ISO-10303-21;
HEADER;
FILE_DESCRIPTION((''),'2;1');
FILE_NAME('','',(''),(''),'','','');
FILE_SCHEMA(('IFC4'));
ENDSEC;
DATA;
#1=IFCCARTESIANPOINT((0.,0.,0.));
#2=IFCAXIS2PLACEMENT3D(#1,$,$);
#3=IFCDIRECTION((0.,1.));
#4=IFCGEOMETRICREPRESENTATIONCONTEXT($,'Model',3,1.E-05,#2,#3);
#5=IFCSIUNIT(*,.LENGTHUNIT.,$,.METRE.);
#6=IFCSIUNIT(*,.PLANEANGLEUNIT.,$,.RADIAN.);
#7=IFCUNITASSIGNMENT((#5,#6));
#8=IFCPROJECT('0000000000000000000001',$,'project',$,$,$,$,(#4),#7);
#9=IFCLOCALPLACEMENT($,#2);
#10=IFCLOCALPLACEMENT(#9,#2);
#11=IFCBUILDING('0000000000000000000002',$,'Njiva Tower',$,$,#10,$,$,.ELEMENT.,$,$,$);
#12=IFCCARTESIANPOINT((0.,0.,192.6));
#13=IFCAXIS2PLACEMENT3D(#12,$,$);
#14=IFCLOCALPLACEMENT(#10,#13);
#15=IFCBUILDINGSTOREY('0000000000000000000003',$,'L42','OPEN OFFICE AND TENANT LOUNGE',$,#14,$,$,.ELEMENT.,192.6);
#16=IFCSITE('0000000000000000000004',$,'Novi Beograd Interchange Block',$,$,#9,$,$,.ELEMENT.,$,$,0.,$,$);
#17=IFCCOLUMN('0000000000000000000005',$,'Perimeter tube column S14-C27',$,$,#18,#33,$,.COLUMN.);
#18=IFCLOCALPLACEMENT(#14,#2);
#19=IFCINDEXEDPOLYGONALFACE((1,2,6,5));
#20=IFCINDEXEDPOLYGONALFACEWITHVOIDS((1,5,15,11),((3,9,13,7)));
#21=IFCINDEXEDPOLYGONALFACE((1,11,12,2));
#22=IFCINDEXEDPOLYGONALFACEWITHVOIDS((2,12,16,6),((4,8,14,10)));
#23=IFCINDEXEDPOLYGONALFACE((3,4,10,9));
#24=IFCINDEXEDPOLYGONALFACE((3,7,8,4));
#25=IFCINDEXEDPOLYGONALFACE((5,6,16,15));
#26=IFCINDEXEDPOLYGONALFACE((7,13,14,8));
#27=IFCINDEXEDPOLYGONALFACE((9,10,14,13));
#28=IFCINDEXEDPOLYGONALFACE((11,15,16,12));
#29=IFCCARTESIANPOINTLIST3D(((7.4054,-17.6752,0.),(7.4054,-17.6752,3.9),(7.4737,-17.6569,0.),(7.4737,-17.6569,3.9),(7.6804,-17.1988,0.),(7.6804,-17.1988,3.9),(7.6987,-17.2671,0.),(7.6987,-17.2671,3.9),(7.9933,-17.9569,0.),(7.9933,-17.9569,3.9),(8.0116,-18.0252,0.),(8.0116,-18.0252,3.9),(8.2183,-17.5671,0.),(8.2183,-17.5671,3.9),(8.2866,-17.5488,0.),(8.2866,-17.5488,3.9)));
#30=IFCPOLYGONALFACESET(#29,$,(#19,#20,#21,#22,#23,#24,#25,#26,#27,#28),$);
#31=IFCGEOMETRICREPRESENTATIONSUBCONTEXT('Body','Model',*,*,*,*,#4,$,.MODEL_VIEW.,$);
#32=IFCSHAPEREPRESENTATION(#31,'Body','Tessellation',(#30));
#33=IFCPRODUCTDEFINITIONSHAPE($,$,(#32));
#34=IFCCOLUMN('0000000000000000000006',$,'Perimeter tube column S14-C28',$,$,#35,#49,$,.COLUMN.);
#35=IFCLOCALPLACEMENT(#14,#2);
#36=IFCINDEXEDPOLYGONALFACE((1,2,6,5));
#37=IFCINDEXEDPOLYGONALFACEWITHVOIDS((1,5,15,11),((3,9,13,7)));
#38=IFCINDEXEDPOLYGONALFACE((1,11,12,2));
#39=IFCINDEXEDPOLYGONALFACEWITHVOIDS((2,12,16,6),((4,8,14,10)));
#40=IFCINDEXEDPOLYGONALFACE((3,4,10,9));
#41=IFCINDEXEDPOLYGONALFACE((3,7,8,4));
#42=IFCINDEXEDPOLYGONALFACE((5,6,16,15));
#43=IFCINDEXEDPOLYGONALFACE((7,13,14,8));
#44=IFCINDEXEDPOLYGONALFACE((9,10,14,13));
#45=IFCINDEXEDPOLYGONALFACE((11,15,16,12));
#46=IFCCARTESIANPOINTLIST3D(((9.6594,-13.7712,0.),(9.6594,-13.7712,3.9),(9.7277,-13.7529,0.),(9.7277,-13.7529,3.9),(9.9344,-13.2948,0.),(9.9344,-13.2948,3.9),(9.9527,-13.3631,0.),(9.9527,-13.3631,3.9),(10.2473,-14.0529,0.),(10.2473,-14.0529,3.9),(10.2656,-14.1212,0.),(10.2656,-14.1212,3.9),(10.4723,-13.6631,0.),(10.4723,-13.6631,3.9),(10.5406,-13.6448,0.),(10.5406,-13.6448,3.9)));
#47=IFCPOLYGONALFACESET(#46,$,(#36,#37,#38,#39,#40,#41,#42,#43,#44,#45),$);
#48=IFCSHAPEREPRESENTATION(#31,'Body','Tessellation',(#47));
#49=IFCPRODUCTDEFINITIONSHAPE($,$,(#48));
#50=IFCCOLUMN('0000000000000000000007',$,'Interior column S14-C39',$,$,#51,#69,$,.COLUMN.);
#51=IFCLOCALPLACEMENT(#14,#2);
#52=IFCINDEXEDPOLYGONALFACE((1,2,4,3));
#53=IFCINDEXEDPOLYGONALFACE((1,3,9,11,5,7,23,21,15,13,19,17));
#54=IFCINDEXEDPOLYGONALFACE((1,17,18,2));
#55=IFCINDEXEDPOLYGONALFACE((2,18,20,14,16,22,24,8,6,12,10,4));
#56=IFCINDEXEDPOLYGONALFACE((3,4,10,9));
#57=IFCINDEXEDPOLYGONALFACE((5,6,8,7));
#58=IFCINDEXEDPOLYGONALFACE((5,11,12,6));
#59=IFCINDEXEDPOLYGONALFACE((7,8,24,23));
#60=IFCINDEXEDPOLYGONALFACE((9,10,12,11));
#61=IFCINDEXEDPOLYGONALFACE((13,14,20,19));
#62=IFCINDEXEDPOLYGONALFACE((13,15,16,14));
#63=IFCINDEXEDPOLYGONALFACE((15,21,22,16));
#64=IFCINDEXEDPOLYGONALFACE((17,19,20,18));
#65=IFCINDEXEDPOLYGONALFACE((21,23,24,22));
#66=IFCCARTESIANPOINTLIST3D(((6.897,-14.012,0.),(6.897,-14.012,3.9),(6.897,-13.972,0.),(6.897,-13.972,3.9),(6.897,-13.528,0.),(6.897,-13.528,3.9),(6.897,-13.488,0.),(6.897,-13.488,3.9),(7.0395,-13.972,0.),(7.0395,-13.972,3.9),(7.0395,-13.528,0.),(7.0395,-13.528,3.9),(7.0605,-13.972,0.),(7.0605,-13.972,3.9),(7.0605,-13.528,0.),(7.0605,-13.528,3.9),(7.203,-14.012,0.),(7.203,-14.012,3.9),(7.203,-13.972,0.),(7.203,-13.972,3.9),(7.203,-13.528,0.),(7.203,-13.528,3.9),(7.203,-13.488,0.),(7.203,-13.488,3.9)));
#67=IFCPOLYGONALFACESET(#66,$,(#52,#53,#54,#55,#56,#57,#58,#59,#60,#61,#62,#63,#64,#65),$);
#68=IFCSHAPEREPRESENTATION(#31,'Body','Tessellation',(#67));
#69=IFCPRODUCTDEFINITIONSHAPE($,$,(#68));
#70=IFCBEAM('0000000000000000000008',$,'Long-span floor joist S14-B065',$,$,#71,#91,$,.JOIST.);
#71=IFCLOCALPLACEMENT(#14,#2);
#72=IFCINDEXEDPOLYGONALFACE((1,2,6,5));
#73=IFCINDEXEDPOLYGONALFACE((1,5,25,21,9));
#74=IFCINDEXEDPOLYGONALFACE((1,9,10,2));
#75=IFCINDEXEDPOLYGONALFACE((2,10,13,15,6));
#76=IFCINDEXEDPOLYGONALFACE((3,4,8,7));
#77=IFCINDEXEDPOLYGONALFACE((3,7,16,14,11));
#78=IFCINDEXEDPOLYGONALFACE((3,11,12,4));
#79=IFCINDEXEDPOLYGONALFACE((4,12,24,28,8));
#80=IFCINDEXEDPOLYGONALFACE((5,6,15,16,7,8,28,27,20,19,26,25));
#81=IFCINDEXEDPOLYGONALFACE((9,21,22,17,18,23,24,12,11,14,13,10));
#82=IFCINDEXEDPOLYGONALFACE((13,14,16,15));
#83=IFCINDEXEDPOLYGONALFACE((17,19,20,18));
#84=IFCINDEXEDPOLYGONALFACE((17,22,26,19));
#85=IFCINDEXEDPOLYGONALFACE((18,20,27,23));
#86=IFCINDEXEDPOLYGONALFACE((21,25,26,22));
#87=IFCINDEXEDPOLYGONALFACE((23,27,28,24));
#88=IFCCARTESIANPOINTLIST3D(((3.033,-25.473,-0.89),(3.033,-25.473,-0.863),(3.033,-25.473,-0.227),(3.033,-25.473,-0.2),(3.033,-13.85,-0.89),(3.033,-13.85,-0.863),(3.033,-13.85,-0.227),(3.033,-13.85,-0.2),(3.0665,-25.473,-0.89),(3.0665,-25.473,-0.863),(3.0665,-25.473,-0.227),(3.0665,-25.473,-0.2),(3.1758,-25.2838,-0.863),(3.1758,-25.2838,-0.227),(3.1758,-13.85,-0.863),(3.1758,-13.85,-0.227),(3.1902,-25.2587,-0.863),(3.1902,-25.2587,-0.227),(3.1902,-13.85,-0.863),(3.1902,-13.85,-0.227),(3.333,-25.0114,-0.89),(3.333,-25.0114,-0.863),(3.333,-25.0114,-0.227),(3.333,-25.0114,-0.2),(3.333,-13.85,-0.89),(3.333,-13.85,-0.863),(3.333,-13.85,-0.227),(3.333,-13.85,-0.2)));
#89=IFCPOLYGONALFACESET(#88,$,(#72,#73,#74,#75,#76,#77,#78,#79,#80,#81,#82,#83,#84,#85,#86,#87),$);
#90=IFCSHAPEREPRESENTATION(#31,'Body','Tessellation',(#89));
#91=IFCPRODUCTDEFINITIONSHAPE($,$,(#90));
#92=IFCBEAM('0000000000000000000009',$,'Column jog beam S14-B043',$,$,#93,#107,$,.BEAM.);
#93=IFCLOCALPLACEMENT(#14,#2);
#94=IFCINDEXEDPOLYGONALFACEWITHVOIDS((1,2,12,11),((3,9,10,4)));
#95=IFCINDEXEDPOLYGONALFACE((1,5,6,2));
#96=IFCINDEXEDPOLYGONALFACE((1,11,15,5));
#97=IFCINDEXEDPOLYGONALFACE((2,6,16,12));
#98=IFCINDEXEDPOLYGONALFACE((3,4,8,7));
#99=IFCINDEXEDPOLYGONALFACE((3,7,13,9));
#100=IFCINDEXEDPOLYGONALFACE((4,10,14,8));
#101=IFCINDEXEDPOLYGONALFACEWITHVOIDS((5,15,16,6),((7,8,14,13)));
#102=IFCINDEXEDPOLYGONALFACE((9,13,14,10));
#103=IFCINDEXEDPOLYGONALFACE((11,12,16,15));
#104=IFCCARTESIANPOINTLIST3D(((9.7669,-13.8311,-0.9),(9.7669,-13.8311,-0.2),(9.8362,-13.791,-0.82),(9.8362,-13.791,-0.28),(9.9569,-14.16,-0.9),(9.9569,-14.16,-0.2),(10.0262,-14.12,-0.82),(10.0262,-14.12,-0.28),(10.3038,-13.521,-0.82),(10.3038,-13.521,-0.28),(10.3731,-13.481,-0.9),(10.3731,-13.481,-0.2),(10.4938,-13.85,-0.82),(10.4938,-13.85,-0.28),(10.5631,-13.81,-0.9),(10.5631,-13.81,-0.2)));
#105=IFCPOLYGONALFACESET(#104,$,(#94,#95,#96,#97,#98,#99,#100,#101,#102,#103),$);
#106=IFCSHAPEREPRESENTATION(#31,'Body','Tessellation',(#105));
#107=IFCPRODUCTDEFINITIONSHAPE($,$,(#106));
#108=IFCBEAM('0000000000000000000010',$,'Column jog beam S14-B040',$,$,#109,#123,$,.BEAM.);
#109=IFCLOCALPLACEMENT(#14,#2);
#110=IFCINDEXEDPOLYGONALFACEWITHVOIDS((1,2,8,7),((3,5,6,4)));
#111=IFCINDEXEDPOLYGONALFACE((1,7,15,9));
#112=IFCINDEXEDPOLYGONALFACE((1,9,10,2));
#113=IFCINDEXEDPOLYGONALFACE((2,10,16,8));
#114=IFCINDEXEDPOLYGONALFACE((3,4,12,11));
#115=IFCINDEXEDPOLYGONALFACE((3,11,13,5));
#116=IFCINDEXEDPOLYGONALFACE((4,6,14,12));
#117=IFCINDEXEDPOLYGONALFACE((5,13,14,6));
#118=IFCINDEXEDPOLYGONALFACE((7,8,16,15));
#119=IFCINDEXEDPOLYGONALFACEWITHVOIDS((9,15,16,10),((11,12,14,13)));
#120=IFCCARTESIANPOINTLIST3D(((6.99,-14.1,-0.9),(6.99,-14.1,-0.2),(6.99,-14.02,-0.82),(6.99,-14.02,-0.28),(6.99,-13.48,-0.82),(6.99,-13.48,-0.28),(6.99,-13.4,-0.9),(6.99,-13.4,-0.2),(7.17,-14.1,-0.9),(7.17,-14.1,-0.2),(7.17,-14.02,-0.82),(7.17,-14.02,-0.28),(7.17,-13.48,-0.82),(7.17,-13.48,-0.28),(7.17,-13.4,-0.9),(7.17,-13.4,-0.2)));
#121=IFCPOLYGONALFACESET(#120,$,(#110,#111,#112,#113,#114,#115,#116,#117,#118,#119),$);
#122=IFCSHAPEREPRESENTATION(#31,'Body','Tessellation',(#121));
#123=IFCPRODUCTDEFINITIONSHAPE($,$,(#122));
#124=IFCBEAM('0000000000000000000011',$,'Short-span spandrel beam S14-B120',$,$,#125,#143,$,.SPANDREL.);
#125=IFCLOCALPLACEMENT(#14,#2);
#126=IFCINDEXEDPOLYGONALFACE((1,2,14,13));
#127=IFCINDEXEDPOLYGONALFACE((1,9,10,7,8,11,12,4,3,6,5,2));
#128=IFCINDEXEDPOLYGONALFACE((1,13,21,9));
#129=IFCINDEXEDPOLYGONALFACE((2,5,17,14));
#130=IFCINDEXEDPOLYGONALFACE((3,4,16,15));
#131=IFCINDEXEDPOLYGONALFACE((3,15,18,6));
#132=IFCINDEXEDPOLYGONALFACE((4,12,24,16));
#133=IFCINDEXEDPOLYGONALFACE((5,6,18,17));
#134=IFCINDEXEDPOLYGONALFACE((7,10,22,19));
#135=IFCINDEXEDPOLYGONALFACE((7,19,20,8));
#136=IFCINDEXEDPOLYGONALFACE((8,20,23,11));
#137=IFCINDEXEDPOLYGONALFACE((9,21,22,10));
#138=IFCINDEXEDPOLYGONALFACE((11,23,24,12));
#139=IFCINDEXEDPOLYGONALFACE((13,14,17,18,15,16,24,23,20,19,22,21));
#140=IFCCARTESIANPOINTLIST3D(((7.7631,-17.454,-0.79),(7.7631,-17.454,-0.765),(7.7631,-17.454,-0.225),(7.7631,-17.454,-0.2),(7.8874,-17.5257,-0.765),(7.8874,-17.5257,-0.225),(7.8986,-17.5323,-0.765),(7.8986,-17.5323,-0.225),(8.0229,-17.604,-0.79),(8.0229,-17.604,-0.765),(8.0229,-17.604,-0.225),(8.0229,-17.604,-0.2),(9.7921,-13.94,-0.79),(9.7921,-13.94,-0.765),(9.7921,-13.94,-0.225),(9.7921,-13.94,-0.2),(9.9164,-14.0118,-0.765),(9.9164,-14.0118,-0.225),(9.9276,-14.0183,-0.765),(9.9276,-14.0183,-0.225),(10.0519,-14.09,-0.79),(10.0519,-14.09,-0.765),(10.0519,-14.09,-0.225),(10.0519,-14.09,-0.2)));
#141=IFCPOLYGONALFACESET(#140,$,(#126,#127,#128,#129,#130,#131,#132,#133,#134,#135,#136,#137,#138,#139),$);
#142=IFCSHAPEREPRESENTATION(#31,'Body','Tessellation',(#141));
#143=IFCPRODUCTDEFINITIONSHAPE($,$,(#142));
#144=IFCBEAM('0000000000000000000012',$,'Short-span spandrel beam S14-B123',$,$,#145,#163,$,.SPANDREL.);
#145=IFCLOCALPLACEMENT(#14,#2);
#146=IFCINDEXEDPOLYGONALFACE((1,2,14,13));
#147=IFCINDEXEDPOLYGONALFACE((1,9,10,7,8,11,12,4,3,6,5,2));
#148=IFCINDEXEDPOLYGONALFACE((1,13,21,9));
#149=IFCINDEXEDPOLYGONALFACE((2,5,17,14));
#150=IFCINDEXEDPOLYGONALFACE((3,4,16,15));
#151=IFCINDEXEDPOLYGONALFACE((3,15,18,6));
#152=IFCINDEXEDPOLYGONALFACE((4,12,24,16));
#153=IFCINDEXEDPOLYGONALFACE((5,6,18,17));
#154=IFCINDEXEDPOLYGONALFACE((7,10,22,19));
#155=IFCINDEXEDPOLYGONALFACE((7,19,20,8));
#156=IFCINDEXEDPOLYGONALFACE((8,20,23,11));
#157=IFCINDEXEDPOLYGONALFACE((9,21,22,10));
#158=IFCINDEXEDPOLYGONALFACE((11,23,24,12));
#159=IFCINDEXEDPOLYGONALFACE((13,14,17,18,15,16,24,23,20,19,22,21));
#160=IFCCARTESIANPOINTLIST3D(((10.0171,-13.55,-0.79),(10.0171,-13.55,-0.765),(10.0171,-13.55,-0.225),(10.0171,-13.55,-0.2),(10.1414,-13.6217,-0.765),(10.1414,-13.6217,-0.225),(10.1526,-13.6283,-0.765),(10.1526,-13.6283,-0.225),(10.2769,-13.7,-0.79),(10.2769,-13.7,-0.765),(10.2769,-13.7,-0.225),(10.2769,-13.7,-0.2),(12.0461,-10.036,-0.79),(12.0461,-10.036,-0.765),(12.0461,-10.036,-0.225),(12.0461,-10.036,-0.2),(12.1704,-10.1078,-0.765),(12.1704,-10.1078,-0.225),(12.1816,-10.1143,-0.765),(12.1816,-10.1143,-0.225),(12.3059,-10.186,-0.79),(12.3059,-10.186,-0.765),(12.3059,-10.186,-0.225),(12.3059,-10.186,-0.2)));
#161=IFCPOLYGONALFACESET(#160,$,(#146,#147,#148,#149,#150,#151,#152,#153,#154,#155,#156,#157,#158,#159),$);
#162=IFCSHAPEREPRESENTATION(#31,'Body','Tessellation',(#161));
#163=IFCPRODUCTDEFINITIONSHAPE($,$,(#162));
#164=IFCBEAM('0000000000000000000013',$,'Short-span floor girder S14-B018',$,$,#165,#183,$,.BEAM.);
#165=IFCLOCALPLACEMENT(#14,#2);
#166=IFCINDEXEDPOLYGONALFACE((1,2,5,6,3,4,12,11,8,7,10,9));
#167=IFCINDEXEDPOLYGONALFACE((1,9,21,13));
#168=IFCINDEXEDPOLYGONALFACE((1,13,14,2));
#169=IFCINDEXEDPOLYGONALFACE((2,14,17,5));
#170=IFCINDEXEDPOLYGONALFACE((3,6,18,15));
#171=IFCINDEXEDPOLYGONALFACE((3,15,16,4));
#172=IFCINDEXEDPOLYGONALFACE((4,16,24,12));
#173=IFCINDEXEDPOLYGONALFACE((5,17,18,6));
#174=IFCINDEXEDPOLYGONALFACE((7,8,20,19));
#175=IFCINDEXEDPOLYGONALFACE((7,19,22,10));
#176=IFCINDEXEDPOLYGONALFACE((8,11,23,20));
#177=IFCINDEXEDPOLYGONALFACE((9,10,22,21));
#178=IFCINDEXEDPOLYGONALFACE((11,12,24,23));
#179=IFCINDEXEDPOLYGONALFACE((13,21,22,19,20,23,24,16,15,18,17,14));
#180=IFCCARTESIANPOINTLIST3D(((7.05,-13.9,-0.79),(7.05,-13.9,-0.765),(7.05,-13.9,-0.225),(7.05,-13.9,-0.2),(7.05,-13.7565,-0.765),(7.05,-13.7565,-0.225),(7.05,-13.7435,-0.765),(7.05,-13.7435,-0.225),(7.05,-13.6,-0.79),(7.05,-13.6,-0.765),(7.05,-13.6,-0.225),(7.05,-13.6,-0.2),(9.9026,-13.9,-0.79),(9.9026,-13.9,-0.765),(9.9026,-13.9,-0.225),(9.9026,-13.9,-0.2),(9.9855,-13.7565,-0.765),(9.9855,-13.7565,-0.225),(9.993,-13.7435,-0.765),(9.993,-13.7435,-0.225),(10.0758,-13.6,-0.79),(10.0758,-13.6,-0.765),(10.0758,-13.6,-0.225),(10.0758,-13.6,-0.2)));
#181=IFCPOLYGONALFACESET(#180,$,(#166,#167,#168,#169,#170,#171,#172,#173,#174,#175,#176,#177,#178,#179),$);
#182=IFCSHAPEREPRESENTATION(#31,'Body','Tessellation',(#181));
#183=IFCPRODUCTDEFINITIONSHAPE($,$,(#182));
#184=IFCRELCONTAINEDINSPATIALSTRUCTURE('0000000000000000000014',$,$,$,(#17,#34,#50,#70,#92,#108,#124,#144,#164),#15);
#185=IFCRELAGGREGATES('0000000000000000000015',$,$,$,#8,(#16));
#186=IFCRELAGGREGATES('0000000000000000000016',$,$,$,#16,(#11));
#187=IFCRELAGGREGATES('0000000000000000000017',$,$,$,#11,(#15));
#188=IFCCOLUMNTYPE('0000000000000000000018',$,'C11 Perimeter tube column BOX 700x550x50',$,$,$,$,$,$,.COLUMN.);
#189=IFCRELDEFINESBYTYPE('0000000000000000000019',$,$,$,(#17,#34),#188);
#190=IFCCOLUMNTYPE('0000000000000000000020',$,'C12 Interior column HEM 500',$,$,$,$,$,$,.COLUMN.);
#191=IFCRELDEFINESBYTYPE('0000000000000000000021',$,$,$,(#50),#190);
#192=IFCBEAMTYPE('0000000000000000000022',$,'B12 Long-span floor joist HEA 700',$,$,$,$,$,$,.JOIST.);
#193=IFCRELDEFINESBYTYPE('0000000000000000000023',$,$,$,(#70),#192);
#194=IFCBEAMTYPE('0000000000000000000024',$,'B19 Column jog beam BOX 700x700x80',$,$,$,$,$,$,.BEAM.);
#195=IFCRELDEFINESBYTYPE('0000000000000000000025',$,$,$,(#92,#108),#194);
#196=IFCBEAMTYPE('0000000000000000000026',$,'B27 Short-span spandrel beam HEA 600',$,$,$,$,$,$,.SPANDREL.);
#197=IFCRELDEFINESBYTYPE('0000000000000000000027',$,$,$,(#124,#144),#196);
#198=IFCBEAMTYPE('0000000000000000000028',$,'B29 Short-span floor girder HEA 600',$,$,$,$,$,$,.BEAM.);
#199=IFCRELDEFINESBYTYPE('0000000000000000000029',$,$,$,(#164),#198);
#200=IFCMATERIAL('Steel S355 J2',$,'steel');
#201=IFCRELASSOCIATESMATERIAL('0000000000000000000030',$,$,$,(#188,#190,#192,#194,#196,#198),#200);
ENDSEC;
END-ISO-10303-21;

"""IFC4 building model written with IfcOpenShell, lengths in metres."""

from ifc_helpers import new_model, si_unit, direction, frame, origin, origin_2d, place, context, subcontext, project, spatial, hollow_rectangle, i_section, extrude, clip, halfspace, material, material_profile, profile_set, type_object, element, save


model = new_model("IFC4")

# Units and contexts
model_context = context("Model", 3, precision=1e-05, world=origin(), true_north=direction((0.0, 1.0)))
body_context = subcontext(model_context, "Body", "Model", "MODEL_VIEW")
ifc_project = project(units=[si_unit("LENGTHUNIT", "METRE"), si_unit("PLANEANGLEUNIT", "RADIAN")], contexts=[model_context])

# Site, building, storey
site_placement = place(None, origin())
site = spatial("IfcSite", under=ifc_project, at=site_placement, Name="Novi Beograd Interchange Block", CompositionType="ELEMENT", RefElevation=0.0)
building_placement = place(site_placement, origin())
building = spatial("IfcBuilding", under=site, at=building_placement, Name="Njiva Tower", CompositionType="ELEMENT")
storey_placement = place(building_placement, frame((0.0, 0.0, 192.6)))
storey = spatial("IfcBuildingStorey", under=building, at=storey_placement, Name="L42", Description="OPEN OFFICE AND TENANT LOUNGE", CompositionType="ELEMENT", Elevation=192.6)

# Columns
ifc_material_1 = material(Name="Steel S355 J2", Category="steel")
ifc_material_profile_1 = material_profile(ifc_material_1, hollow_rectangle(XDim=0.55, YDim=0.7, WallThickness=0.05, at=origin_2d()), Name="BOX 700x550x50")
ifc_profile_set_1 = profile_set([ifc_material_profile_1], Name="Steel S355 J2")
column_type_1 = type_object("IfcColumnType", Name="C11 Perimeter tube column BOX 700x550x50", PredefinedType="COLUMN", material=ifc_profile_set_1)
for number, where, z_axis, x_axis, name in (
    (1, (7.846, -17.612, 0.0), (0.0, 0.0, 1.0), (0.5, 0.866025, 0.0), "Perimeter tube column S14-C27"),
    (2, (10.1, -13.708, 0.0), (0.0, 0.0, 1.0), (0.5, 0.866025, 0.0), "Perimeter tube column S14-C28"),
):
    element("IfcColumn", number, at=place(storey_placement, frame(where, z_axis=z_axis, x_axis=x_axis)), inside=storey, type_object=column_type_1, Name=name, PredefinedType="COLUMN", context=body_context, shape_type="SweptSolid", body=[
        extrude(hollow_rectangle(XDim=0.55, YDim=0.7, WallThickness=0.05, at=origin_2d()), origin(), (0.0, 0.0, 1.0), 3.9),
    ])
ifc_material_profile_2 = material_profile(ifc_material_1, i_section(OverallWidth=0.306, OverallDepth=0.524, WebThickness=0.021, FlangeThickness=0.04, at=origin_2d()), Name="HEM 500")
ifc_profile_set_2 = profile_set([ifc_material_profile_2], Name="Steel S355 J2")
column_type_2 = type_object("IfcColumnType", Name="C12 Interior column HEM 500", PredefinedType="COLUMN", material=ifc_profile_set_2)
column_placement = place(storey_placement, frame((7.05, -13.75, 0.0), z_axis=(0.0, 0.0, 1.0), x_axis=(1.0, 0.0, 0.0)))
element("IfcColumn", 3, at=column_placement, inside=storey, type_object=column_type_2, Name="Interior column S14-C39", PredefinedType="COLUMN", context=body_context, shape_type="SweptSolid", body=[
    extrude(i_section(OverallWidth=0.306, OverallDepth=0.524, WebThickness=0.021, FlangeThickness=0.04, at=origin_2d()), origin(), (0.0, 0.0, 1.0), 3.9),
])

# Beams
ifc_material_profile_3 = material_profile(ifc_material_1, i_section(OverallWidth=0.3, OverallDepth=0.69, WebThickness=0.0145, FlangeThickness=0.027, at=origin_2d()), Name="HEA 700")
ifc_profile_set_3 = profile_set([ifc_material_profile_3], Name="Steel S355 J2")
beam_type_1 = type_object("IfcBeamType", Name="B12 Long-span floor joist HEA 700", PredefinedType="JOIST", material=ifc_profile_set_3)
beam_1_placement = place(storey_placement, frame((3.183, -13.85, -0.545), z_axis=(0.0, -1.0, 0.0), x_axis=(1.0, 0.0, 0.0)))
element("IfcBeam", 4, at=beam_1_placement, inside=storey, type_object=beam_type_1, Name="Long-span floor joist S14-B065", PredefinedType="JOIST", context=body_context, shape_type="Clipping", body=[
    clip(extrude(i_section(OverallWidth=0.3, OverallDepth=0.69, WebThickness=0.0145, FlangeThickness=0.027, at=origin_2d()), origin(), (0.0, 0.0, 1.0), 11.623), halfspace(frame((0.0436, 0.0, 11.3457), z_axis=(0.866027, 0.0, 0.499998), x_axis=(0.0, 1.0, 0.0)), False)),
])
ifc_material_profile_4 = material_profile(ifc_material_1, hollow_rectangle(XDim=0.7, YDim=0.7, WallThickness=0.08, at=origin_2d()), Name="BOX 700x700x80")
ifc_profile_set_4 = profile_set([ifc_material_profile_4], Name="Steel S355 J2")
beam_type_2 = type_object("IfcBeamType", Name="B19 Column jog beam BOX 700x700x80", PredefinedType="BEAM", material=ifc_profile_set_4)
beam_2_placement = place(storey_placement, frame((10.26, -13.985, -0.55), z_axis=(-0.500102, 0.865966, 0.0), x_axis=(-0.865966, -0.500102, 0.0)))
element("IfcBeam", 5, at=beam_2_placement, inside=storey, type_object=beam_type_2, Name="Column jog beam S14-B043", PredefinedType="BEAM", context=body_context, shape_type="SweptSolid", body=[
    extrude(hollow_rectangle(XDim=0.7, YDim=0.7, WallThickness=0.08, at=origin_2d()), origin(), (0.0, 0.0, 1.0), 0.3799),
])
beam_3_placement = place(storey_placement, frame((7.17, -13.75, -0.55), z_axis=(-1.0, 0.0, 0.0), x_axis=(0.0, -1.0, 0.0)))
element("IfcBeam", 6, at=beam_3_placement, inside=storey, type_object=beam_type_2, Name="Column jog beam S14-B040", PredefinedType="BEAM", context=body_context, shape_type="SweptSolid", body=[
    extrude(hollow_rectangle(XDim=0.7, YDim=0.7, WallThickness=0.08, at=origin_2d()), origin(), (0.0, 0.0, 1.0), 0.18),
])
ifc_material_profile_5 = material_profile(ifc_material_1, i_section(OverallWidth=0.3, OverallDepth=0.59, WebThickness=0.013, FlangeThickness=0.025, at=origin_2d()), Name="HEA 600")
ifc_profile_set_5 = profile_set([ifc_material_profile_5], Name="Steel S355 J2")
beam_type_3 = type_object("IfcBeamType", Name="B27 Short-span spandrel beam HEA 600", PredefinedType="SPANDREL", material=ifc_profile_set_5)
for number, where, z_axis, x_axis, name in (
    (7, (7.893, -17.529, -0.495), (0.500035, 0.866005, 0.0), (-0.866005, 0.500035, 0.0), "Short-span spandrel beam S14-B120"),
    (8, (10.147, -13.625, -0.495), (0.500035, 0.866005, 0.0), (-0.866005, 0.500035, 0.0), "Short-span spandrel beam S14-B123"),
):
    element("IfcBeam", number, at=place(storey_placement, frame(where, z_axis=z_axis, x_axis=x_axis)), inside=storey, type_object=beam_type_3, Name=name, PredefinedType="SPANDREL", context=body_context, shape_type="SweptSolid", body=[
        extrude(i_section(OverallWidth=0.3, OverallDepth=0.59, WebThickness=0.013, FlangeThickness=0.025, at=origin_2d()), origin(), (0.0, 0.0, 1.0), 4.0577),
    ])
ifc_material_profile_6 = material_profile(ifc_material_1, i_section(OverallWidth=0.3, OverallDepth=0.59, WebThickness=0.013, FlangeThickness=0.025, at=origin_2d()), Name="HEA 600")
ifc_profile_set_6 = profile_set([ifc_material_profile_6], Name="Steel S355 J2")
beam_type_4 = type_object("IfcBeamType", Name="B29 Short-span floor girder HEA 600", PredefinedType="BEAM", material=ifc_profile_set_6)
beam_4_placement = place(storey_placement, frame((7.05, -13.75, -0.495), z_axis=(1.0, 0.0, 0.0), x_axis=(0.0, 1.0, 0.0)))
element("IfcBeam", 9, at=beam_4_placement, inside=storey, type_object=beam_type_4, Name="Short-span floor girder S14-B018", PredefinedType="BEAM", context=body_context, shape_type="Clipping", body=[
    clip(extrude(i_section(OverallWidth=0.3, OverallDepth=0.59, WebThickness=0.013, FlangeThickness=0.025, at=origin_2d()), origin(), (0.0, 0.0, 1.0), 3.046), halfspace(frame((-0.025, 0.0, 2.9248), z_axis=(-0.499998, 0.0, 0.866027), x_axis=(0.0, 1.0, 0.0)), False)),
])

save(model, "model.ifc")
